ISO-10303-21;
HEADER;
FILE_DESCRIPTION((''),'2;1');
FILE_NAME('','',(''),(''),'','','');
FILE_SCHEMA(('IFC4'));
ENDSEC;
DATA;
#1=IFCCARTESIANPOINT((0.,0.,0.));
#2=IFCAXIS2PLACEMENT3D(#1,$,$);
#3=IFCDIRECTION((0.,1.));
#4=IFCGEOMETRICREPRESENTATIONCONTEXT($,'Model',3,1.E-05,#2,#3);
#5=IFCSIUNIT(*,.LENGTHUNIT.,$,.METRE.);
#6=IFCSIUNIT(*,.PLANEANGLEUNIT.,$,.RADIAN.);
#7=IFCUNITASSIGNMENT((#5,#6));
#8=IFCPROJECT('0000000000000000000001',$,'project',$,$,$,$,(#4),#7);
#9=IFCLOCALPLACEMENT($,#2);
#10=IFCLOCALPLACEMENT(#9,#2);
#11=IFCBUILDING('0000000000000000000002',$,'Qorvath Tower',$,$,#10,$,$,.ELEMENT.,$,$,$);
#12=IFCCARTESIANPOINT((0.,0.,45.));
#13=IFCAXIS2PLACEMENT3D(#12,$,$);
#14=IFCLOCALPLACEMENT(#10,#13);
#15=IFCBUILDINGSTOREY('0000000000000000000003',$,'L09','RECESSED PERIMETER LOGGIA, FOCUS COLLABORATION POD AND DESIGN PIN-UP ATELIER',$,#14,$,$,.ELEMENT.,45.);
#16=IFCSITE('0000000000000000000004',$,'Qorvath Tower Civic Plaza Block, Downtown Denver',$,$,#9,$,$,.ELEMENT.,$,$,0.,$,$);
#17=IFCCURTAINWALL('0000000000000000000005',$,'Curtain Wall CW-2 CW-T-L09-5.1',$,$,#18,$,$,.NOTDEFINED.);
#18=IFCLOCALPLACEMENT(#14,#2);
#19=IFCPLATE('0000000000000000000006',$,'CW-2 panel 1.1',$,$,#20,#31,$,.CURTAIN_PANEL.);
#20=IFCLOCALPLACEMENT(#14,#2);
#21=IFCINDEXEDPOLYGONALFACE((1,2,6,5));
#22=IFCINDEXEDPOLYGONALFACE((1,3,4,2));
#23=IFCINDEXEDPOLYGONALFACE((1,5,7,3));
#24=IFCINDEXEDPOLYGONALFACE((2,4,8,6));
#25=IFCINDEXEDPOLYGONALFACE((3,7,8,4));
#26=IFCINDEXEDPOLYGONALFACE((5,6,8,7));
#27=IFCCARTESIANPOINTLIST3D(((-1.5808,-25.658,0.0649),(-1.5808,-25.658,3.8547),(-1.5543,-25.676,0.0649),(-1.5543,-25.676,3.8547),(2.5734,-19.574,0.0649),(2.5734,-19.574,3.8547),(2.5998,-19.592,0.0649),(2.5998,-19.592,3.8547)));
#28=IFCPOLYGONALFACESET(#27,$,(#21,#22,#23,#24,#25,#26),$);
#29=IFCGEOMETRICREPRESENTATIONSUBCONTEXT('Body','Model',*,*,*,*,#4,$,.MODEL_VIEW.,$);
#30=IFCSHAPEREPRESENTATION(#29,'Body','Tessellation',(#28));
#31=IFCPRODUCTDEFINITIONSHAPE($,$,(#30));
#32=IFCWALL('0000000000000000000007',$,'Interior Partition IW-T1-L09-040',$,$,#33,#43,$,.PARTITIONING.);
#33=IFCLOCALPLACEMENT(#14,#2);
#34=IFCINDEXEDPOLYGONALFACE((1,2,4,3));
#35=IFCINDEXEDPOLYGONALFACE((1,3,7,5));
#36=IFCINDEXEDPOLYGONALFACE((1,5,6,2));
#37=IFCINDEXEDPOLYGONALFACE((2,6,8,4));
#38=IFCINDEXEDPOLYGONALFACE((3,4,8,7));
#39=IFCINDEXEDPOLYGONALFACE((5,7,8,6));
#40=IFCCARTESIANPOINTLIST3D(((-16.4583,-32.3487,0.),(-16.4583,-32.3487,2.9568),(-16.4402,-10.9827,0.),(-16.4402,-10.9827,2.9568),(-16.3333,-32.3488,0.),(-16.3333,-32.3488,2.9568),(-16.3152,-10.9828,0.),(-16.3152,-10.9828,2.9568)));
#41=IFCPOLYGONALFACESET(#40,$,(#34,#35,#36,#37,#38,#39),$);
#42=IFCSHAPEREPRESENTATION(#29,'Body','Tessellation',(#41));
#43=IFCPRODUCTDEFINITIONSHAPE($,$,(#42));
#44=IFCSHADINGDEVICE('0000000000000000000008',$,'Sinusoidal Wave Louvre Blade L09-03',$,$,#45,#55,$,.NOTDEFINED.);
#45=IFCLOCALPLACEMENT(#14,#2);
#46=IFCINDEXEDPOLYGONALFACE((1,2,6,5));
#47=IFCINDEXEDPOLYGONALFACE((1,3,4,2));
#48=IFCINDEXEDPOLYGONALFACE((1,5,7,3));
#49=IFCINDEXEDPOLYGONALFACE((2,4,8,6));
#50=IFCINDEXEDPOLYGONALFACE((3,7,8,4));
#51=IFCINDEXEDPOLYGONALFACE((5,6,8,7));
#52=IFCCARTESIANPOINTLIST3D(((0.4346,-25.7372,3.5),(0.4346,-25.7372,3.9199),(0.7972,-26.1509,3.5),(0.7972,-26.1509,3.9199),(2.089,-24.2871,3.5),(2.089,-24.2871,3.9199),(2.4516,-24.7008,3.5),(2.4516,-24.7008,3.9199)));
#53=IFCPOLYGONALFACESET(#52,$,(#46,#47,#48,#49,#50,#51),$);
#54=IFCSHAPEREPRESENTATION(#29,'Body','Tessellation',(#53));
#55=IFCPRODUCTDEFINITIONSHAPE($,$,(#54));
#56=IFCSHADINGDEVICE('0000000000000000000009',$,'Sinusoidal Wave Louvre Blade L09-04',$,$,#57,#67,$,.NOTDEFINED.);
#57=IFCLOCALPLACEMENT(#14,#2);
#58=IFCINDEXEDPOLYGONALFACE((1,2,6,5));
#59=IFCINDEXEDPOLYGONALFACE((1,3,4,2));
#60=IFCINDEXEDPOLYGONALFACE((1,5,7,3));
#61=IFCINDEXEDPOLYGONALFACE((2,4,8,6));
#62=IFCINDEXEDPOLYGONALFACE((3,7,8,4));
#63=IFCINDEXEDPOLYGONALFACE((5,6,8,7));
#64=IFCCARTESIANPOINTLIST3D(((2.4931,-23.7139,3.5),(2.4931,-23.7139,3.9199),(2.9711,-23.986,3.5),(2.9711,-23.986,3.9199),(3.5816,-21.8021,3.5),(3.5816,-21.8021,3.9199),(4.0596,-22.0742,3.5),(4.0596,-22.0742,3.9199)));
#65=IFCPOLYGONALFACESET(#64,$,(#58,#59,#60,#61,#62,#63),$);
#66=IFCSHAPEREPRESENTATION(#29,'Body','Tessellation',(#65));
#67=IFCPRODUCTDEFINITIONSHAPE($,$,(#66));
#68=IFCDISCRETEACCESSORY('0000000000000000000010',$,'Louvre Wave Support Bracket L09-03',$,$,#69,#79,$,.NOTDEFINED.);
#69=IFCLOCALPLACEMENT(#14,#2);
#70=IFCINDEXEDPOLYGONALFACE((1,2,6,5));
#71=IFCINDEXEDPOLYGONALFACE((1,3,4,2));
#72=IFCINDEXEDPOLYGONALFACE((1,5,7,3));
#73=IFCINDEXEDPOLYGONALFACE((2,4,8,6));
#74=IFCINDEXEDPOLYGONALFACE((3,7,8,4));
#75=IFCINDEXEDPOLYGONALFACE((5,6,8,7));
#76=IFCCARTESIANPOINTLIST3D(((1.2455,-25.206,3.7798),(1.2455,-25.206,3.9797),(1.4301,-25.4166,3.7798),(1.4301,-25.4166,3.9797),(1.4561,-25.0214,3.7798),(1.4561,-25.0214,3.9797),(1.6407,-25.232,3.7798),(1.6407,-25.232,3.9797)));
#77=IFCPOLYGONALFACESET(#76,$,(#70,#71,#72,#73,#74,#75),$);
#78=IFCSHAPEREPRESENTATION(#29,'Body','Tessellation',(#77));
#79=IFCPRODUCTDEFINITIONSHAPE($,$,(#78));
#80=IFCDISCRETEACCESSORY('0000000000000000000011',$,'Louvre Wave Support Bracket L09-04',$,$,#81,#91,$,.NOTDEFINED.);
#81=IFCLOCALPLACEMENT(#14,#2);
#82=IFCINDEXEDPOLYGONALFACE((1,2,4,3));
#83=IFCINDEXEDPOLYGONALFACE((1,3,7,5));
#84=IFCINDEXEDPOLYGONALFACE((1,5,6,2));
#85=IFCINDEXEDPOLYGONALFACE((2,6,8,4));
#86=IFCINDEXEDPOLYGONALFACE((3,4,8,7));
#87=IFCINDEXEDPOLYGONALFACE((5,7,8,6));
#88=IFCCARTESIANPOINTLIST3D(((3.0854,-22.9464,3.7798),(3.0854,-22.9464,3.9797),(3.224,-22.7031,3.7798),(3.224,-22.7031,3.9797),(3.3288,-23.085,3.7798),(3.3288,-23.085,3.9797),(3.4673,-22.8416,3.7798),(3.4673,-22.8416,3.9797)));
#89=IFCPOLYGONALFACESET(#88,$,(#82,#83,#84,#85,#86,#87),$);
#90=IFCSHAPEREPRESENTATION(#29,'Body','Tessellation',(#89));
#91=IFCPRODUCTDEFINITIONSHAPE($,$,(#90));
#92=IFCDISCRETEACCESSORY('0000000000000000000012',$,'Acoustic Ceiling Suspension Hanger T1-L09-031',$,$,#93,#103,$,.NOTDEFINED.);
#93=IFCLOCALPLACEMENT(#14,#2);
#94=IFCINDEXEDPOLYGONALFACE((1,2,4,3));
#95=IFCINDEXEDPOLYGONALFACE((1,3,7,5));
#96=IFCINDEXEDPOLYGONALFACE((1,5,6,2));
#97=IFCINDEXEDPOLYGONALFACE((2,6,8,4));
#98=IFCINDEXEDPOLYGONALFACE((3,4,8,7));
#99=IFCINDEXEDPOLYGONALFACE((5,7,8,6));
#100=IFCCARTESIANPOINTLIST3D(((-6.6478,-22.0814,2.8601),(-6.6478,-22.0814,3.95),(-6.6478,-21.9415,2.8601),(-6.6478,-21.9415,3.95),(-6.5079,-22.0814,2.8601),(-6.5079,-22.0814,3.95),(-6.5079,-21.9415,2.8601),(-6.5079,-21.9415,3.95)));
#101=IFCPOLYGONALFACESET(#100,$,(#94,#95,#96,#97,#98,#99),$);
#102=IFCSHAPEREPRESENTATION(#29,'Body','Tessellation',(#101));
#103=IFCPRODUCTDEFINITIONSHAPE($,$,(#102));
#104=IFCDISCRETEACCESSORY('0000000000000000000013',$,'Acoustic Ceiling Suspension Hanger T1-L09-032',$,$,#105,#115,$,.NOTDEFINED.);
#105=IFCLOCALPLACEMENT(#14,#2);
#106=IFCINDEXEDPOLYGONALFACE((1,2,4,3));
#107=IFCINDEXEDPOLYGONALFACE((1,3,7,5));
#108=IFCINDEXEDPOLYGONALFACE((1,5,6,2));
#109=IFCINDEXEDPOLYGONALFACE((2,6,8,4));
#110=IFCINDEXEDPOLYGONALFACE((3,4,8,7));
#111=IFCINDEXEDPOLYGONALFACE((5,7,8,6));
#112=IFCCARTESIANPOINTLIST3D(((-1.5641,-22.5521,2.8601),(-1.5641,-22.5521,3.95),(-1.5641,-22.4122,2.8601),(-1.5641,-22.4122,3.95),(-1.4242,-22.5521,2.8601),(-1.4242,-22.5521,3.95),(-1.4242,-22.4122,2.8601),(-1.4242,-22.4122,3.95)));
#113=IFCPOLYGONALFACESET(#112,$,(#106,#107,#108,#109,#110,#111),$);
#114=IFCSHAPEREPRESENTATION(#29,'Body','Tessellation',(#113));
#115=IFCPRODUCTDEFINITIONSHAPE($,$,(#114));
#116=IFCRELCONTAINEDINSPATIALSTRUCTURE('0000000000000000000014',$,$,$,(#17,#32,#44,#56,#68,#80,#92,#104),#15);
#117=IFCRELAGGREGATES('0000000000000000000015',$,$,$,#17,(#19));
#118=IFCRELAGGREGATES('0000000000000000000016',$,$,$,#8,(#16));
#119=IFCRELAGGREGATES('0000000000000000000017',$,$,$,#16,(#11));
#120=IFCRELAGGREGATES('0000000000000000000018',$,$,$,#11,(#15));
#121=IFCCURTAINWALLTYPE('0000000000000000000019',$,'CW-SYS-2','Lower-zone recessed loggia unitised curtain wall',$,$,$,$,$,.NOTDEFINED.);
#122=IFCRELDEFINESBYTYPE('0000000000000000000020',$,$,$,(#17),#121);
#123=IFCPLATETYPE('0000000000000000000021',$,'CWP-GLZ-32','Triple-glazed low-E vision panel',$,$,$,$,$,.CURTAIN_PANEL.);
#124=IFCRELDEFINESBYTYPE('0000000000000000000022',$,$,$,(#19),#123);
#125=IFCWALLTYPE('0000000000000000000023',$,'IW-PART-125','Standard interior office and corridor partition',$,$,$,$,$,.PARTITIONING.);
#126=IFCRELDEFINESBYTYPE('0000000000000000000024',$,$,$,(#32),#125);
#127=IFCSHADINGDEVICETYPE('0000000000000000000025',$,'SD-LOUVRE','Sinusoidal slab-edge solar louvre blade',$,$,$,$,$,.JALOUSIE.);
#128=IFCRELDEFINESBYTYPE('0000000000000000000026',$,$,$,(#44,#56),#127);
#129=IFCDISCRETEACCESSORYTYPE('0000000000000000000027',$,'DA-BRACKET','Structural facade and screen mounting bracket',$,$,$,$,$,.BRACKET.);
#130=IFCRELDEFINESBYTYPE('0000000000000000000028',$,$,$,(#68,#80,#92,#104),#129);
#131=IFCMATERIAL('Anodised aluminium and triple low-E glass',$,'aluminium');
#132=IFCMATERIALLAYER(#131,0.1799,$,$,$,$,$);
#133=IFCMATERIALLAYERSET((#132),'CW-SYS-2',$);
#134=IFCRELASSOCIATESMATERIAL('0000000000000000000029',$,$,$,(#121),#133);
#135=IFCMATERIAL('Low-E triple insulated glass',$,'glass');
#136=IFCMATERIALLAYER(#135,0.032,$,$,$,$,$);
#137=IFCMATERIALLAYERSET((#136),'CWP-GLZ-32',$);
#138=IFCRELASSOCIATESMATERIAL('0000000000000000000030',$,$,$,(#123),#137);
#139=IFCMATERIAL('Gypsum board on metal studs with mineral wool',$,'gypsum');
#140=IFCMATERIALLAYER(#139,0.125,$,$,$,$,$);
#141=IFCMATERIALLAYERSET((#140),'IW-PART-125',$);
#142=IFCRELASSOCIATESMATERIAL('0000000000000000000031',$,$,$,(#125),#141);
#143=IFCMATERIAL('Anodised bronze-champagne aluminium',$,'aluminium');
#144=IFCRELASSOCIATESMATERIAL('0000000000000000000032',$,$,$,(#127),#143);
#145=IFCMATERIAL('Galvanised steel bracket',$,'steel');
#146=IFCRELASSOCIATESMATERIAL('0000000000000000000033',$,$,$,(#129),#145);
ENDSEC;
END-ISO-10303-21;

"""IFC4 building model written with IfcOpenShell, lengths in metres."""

from ifc_helpers import new_model, si_unit, direction, frame, frame_2d, origin, origin_2d, place, context, subcontext, project, spatial, rectangle, extrude, material, layer, layer_set, type_object, element, aggregate, save


model = new_model("IFC4")

# Units and contexts
model_context = context("Model", 3, precision=1e-05, world=origin(), true_north=direction((0.0, 1.0)))
body_context = subcontext(model_context, "Body", "Model", "MODEL_VIEW")
ifc_project = project(units=[si_unit("LENGTHUNIT", "METRE"), si_unit("PLANEANGLEUNIT", "RADIAN")], contexts=[model_context])

# Site, building, storey
site_placement = place(None, origin())
site = spatial("IfcSite", under=ifc_project, at=site_placement, Name="Qorvath Tower Civic Plaza Block, Downtown Denver", CompositionType="ELEMENT", RefElevation=0.0)
building_placement = place(site_placement, origin())
building = spatial("IfcBuilding", under=site, at=building_placement, Name="Qorvath Tower", CompositionType="ELEMENT")
storey_placement = place(building_placement, frame((0.0, 0.0, 45.0)))
storey = spatial("IfcBuildingStorey", under=building, at=storey_placement, Name="L09", Description="RECESSED PERIMETER LOGGIA, FOCUS COLLABORATION POD AND DESIGN PIN-UP ATELIER", CompositionType="ELEMENT", Elevation=45.0)

# Shared definitions
ifc_material_1 = material(Name="Anodised aluminium and triple low-E glass", Category="aluminium")
ifc_layer_1 = layer(ifc_material_1, 0.1799)
ifc_layer_set_1 = layer_set([ifc_layer_1], Name="CW-SYS-2")
curtain_wall_type = type_object("IfcCurtainWallType", Name="CW-SYS-2", Description="Lower-zone recessed loggia unitised curtain wall", PredefinedType="NOTDEFINED", material=ifc_layer_set_1)

# Curtain wall
curtain_wall_1_placement = place(storey_placement, origin())
curtain_wall_1 = element("IfcCurtainWall", 1, at=curtain_wall_1_placement, inside=storey, type_object=curtain_wall_type, Name="Curtain Wall CW-2 CW-T-L09-5.1", PredefinedType="NOTDEFINED")

# Plate
ifc_material_2 = material(Name="Low-E triple insulated glass", Category="glass")
ifc_layer_2 = layer(ifc_material_2, 0.032)
ifc_layer_set_2 = layer_set([ifc_layer_2], Name="CWP-GLZ-32")
plate_type = type_object("IfcPlateType", Name="CWP-GLZ-32", Description="Triple-glazed low-E vision panel", PredefinedType="CURTAIN_PANEL", material=ifc_layer_set_2)
plate_1_placement = place(storey_placement, frame((0.5095, -22.625, 0.0649), z_axis=(0.0, 0.0, 1.0), x_axis=(0.563891, 0.825849, 0.0)))
plate_1 = element("IfcPlate", 2, at=plate_1_placement, type_object=plate_type, Name="CW-2 panel 1.1", PredefinedType="CURTAIN_PANEL", context=body_context, shape_type="SweptSolid", body=[
    extrude(rectangle(XDim=7.3669, YDim=0.032, at=origin_2d()), origin(), (0.0, 0.0, 1.0), 3.7898),
])
aggregate(curtain_wall_1, [plate_1])

# Wall
ifc_material_3 = material(Name="Gypsum board on metal studs with mineral wool", Category="gypsum")
ifc_layer_3 = layer(ifc_material_3, 0.125)
ifc_layer_set_3 = layer_set([ifc_layer_3], Name="IW-PART-125")
wall_type = type_object("IfcWallType", Name="IW-PART-125", Description="Standard interior office and corridor partition", PredefinedType="PARTITIONING", material=ifc_layer_set_3)
wall_placement = place(storey_placement, frame((-16.3958, -32.3489, 0.0), z_axis=(0.0, 0.0, 1.0), x_axis=(0.000846, 1.0, 0.0)))
element("IfcWall", 3, at=wall_placement, inside=storey, type_object=wall_type, Name="Interior Partition IW-T1-L09-040", PredefinedType="PARTITIONING", context=body_context, shape_type="SweptSolid", body=[
    extrude(rectangle(XDim=21.366, YDim=0.125, at=frame_2d((10.6831, 0.0))), origin(), (0.0, 0.0, 1.0), 2.9568),
])

# Shading devices
ifc_material_4 = material(Name="Anodised bronze-champagne aluminium", Category="aluminium")
shading_device_type = type_object("IfcShadingDeviceType", Name="SD-LOUVRE", Description="Sinusoidal slab-edge solar louvre blade", PredefinedType="JALOUSIE", material=ifc_material_4)
for number, where, z_axis, x_axis, name in (
    (4, (1.4431, -25.219, 3.5), (0.0, 0.0, 1.0), (0.752005, 0.659157, 0.0), "Sinusoidal Wave Louvre Blade L09-03"),
    (5, (3.2764, -22.894, 3.5), (0.0, 0.0, 1.0), (0.494763, 0.869028, 0.0), "Sinusoidal Wave Louvre Blade L09-04"),
):
    element("IfcShadingDevice", number, at=place(storey_placement, frame(where, z_axis=z_axis, x_axis=x_axis)), inside=storey, type_object=shading_device_type, Name=name, PredefinedType="NOTDEFINED", context=body_context, shape_type="SweptSolid", body=[
        extrude(rectangle(XDim=2.2, YDim=0.55, at=origin_2d()), origin(), (0.0, 0.0, 1.0), 0.4199),
    ])

# Discrete accessories
ifc_material_5 = material(Name="Galvanised steel bracket", Category="steel")
discrete_accessory_type = type_object("IfcDiscreteAccessoryType", Name="DA-BRACKET", Description="Structural facade and screen mounting bracket", PredefinedType="BRACKET", material=ifc_material_5)
for number, where, z_axis, x_axis, name in (
    (6, (1.4431, -25.219, 3.7798), (0.0, 0.0, 1.0), (0.752005, 0.659157, 0.0), "Louvre Wave Support Bracket L09-03"),
    (7, (3.2764, -22.894, 3.7798), (0.0, 0.0, 1.0), (0.494763, 0.869028, 0.0), "Louvre Wave Support Bracket L09-04"),
):
    element("IfcDiscreteAccessory", number, at=place(storey_placement, frame(where, z_axis=z_axis, x_axis=x_axis)), inside=storey, type_object=discrete_accessory_type, Name=name, PredefinedType="NOTDEFINED", context=body_context, shape_type="SweptSolid", body=[
        extrude(rectangle(XDim=0.28, YDim=0.28, at=origin_2d()), origin(), (0.0, 0.0, 1.0), 0.2),
    ])
for number, where, z_axis, x_axis, name in (
    (8, (-6.5779, -22.0115, 2.8601), (0.0, 0.0, 1.0), (1.0, 0.0, 0.0), "Acoustic Ceiling Suspension Hanger T1-L09-031"),
    (9, (-1.4941, -22.4822, 2.8601), (0.0, 0.0, 1.0), (1.0, 0.0, 0.0), "Acoustic Ceiling Suspension Hanger T1-L09-032"),
):
    element("IfcDiscreteAccessory", number, at=place(storey_placement, frame(where, z_axis=z_axis, x_axis=x_axis)), inside=storey, type_object=discrete_accessory_type, Name=name, PredefinedType="NOTDEFINED", context=body_context, shape_type="SweptSolid", body=[
        extrude(rectangle(XDim=0.1399, YDim=0.1399, at=origin_2d()), origin(), (0.0, 0.0, 1.0), 1.0898),
    ])

save(model, "model.ifc")
